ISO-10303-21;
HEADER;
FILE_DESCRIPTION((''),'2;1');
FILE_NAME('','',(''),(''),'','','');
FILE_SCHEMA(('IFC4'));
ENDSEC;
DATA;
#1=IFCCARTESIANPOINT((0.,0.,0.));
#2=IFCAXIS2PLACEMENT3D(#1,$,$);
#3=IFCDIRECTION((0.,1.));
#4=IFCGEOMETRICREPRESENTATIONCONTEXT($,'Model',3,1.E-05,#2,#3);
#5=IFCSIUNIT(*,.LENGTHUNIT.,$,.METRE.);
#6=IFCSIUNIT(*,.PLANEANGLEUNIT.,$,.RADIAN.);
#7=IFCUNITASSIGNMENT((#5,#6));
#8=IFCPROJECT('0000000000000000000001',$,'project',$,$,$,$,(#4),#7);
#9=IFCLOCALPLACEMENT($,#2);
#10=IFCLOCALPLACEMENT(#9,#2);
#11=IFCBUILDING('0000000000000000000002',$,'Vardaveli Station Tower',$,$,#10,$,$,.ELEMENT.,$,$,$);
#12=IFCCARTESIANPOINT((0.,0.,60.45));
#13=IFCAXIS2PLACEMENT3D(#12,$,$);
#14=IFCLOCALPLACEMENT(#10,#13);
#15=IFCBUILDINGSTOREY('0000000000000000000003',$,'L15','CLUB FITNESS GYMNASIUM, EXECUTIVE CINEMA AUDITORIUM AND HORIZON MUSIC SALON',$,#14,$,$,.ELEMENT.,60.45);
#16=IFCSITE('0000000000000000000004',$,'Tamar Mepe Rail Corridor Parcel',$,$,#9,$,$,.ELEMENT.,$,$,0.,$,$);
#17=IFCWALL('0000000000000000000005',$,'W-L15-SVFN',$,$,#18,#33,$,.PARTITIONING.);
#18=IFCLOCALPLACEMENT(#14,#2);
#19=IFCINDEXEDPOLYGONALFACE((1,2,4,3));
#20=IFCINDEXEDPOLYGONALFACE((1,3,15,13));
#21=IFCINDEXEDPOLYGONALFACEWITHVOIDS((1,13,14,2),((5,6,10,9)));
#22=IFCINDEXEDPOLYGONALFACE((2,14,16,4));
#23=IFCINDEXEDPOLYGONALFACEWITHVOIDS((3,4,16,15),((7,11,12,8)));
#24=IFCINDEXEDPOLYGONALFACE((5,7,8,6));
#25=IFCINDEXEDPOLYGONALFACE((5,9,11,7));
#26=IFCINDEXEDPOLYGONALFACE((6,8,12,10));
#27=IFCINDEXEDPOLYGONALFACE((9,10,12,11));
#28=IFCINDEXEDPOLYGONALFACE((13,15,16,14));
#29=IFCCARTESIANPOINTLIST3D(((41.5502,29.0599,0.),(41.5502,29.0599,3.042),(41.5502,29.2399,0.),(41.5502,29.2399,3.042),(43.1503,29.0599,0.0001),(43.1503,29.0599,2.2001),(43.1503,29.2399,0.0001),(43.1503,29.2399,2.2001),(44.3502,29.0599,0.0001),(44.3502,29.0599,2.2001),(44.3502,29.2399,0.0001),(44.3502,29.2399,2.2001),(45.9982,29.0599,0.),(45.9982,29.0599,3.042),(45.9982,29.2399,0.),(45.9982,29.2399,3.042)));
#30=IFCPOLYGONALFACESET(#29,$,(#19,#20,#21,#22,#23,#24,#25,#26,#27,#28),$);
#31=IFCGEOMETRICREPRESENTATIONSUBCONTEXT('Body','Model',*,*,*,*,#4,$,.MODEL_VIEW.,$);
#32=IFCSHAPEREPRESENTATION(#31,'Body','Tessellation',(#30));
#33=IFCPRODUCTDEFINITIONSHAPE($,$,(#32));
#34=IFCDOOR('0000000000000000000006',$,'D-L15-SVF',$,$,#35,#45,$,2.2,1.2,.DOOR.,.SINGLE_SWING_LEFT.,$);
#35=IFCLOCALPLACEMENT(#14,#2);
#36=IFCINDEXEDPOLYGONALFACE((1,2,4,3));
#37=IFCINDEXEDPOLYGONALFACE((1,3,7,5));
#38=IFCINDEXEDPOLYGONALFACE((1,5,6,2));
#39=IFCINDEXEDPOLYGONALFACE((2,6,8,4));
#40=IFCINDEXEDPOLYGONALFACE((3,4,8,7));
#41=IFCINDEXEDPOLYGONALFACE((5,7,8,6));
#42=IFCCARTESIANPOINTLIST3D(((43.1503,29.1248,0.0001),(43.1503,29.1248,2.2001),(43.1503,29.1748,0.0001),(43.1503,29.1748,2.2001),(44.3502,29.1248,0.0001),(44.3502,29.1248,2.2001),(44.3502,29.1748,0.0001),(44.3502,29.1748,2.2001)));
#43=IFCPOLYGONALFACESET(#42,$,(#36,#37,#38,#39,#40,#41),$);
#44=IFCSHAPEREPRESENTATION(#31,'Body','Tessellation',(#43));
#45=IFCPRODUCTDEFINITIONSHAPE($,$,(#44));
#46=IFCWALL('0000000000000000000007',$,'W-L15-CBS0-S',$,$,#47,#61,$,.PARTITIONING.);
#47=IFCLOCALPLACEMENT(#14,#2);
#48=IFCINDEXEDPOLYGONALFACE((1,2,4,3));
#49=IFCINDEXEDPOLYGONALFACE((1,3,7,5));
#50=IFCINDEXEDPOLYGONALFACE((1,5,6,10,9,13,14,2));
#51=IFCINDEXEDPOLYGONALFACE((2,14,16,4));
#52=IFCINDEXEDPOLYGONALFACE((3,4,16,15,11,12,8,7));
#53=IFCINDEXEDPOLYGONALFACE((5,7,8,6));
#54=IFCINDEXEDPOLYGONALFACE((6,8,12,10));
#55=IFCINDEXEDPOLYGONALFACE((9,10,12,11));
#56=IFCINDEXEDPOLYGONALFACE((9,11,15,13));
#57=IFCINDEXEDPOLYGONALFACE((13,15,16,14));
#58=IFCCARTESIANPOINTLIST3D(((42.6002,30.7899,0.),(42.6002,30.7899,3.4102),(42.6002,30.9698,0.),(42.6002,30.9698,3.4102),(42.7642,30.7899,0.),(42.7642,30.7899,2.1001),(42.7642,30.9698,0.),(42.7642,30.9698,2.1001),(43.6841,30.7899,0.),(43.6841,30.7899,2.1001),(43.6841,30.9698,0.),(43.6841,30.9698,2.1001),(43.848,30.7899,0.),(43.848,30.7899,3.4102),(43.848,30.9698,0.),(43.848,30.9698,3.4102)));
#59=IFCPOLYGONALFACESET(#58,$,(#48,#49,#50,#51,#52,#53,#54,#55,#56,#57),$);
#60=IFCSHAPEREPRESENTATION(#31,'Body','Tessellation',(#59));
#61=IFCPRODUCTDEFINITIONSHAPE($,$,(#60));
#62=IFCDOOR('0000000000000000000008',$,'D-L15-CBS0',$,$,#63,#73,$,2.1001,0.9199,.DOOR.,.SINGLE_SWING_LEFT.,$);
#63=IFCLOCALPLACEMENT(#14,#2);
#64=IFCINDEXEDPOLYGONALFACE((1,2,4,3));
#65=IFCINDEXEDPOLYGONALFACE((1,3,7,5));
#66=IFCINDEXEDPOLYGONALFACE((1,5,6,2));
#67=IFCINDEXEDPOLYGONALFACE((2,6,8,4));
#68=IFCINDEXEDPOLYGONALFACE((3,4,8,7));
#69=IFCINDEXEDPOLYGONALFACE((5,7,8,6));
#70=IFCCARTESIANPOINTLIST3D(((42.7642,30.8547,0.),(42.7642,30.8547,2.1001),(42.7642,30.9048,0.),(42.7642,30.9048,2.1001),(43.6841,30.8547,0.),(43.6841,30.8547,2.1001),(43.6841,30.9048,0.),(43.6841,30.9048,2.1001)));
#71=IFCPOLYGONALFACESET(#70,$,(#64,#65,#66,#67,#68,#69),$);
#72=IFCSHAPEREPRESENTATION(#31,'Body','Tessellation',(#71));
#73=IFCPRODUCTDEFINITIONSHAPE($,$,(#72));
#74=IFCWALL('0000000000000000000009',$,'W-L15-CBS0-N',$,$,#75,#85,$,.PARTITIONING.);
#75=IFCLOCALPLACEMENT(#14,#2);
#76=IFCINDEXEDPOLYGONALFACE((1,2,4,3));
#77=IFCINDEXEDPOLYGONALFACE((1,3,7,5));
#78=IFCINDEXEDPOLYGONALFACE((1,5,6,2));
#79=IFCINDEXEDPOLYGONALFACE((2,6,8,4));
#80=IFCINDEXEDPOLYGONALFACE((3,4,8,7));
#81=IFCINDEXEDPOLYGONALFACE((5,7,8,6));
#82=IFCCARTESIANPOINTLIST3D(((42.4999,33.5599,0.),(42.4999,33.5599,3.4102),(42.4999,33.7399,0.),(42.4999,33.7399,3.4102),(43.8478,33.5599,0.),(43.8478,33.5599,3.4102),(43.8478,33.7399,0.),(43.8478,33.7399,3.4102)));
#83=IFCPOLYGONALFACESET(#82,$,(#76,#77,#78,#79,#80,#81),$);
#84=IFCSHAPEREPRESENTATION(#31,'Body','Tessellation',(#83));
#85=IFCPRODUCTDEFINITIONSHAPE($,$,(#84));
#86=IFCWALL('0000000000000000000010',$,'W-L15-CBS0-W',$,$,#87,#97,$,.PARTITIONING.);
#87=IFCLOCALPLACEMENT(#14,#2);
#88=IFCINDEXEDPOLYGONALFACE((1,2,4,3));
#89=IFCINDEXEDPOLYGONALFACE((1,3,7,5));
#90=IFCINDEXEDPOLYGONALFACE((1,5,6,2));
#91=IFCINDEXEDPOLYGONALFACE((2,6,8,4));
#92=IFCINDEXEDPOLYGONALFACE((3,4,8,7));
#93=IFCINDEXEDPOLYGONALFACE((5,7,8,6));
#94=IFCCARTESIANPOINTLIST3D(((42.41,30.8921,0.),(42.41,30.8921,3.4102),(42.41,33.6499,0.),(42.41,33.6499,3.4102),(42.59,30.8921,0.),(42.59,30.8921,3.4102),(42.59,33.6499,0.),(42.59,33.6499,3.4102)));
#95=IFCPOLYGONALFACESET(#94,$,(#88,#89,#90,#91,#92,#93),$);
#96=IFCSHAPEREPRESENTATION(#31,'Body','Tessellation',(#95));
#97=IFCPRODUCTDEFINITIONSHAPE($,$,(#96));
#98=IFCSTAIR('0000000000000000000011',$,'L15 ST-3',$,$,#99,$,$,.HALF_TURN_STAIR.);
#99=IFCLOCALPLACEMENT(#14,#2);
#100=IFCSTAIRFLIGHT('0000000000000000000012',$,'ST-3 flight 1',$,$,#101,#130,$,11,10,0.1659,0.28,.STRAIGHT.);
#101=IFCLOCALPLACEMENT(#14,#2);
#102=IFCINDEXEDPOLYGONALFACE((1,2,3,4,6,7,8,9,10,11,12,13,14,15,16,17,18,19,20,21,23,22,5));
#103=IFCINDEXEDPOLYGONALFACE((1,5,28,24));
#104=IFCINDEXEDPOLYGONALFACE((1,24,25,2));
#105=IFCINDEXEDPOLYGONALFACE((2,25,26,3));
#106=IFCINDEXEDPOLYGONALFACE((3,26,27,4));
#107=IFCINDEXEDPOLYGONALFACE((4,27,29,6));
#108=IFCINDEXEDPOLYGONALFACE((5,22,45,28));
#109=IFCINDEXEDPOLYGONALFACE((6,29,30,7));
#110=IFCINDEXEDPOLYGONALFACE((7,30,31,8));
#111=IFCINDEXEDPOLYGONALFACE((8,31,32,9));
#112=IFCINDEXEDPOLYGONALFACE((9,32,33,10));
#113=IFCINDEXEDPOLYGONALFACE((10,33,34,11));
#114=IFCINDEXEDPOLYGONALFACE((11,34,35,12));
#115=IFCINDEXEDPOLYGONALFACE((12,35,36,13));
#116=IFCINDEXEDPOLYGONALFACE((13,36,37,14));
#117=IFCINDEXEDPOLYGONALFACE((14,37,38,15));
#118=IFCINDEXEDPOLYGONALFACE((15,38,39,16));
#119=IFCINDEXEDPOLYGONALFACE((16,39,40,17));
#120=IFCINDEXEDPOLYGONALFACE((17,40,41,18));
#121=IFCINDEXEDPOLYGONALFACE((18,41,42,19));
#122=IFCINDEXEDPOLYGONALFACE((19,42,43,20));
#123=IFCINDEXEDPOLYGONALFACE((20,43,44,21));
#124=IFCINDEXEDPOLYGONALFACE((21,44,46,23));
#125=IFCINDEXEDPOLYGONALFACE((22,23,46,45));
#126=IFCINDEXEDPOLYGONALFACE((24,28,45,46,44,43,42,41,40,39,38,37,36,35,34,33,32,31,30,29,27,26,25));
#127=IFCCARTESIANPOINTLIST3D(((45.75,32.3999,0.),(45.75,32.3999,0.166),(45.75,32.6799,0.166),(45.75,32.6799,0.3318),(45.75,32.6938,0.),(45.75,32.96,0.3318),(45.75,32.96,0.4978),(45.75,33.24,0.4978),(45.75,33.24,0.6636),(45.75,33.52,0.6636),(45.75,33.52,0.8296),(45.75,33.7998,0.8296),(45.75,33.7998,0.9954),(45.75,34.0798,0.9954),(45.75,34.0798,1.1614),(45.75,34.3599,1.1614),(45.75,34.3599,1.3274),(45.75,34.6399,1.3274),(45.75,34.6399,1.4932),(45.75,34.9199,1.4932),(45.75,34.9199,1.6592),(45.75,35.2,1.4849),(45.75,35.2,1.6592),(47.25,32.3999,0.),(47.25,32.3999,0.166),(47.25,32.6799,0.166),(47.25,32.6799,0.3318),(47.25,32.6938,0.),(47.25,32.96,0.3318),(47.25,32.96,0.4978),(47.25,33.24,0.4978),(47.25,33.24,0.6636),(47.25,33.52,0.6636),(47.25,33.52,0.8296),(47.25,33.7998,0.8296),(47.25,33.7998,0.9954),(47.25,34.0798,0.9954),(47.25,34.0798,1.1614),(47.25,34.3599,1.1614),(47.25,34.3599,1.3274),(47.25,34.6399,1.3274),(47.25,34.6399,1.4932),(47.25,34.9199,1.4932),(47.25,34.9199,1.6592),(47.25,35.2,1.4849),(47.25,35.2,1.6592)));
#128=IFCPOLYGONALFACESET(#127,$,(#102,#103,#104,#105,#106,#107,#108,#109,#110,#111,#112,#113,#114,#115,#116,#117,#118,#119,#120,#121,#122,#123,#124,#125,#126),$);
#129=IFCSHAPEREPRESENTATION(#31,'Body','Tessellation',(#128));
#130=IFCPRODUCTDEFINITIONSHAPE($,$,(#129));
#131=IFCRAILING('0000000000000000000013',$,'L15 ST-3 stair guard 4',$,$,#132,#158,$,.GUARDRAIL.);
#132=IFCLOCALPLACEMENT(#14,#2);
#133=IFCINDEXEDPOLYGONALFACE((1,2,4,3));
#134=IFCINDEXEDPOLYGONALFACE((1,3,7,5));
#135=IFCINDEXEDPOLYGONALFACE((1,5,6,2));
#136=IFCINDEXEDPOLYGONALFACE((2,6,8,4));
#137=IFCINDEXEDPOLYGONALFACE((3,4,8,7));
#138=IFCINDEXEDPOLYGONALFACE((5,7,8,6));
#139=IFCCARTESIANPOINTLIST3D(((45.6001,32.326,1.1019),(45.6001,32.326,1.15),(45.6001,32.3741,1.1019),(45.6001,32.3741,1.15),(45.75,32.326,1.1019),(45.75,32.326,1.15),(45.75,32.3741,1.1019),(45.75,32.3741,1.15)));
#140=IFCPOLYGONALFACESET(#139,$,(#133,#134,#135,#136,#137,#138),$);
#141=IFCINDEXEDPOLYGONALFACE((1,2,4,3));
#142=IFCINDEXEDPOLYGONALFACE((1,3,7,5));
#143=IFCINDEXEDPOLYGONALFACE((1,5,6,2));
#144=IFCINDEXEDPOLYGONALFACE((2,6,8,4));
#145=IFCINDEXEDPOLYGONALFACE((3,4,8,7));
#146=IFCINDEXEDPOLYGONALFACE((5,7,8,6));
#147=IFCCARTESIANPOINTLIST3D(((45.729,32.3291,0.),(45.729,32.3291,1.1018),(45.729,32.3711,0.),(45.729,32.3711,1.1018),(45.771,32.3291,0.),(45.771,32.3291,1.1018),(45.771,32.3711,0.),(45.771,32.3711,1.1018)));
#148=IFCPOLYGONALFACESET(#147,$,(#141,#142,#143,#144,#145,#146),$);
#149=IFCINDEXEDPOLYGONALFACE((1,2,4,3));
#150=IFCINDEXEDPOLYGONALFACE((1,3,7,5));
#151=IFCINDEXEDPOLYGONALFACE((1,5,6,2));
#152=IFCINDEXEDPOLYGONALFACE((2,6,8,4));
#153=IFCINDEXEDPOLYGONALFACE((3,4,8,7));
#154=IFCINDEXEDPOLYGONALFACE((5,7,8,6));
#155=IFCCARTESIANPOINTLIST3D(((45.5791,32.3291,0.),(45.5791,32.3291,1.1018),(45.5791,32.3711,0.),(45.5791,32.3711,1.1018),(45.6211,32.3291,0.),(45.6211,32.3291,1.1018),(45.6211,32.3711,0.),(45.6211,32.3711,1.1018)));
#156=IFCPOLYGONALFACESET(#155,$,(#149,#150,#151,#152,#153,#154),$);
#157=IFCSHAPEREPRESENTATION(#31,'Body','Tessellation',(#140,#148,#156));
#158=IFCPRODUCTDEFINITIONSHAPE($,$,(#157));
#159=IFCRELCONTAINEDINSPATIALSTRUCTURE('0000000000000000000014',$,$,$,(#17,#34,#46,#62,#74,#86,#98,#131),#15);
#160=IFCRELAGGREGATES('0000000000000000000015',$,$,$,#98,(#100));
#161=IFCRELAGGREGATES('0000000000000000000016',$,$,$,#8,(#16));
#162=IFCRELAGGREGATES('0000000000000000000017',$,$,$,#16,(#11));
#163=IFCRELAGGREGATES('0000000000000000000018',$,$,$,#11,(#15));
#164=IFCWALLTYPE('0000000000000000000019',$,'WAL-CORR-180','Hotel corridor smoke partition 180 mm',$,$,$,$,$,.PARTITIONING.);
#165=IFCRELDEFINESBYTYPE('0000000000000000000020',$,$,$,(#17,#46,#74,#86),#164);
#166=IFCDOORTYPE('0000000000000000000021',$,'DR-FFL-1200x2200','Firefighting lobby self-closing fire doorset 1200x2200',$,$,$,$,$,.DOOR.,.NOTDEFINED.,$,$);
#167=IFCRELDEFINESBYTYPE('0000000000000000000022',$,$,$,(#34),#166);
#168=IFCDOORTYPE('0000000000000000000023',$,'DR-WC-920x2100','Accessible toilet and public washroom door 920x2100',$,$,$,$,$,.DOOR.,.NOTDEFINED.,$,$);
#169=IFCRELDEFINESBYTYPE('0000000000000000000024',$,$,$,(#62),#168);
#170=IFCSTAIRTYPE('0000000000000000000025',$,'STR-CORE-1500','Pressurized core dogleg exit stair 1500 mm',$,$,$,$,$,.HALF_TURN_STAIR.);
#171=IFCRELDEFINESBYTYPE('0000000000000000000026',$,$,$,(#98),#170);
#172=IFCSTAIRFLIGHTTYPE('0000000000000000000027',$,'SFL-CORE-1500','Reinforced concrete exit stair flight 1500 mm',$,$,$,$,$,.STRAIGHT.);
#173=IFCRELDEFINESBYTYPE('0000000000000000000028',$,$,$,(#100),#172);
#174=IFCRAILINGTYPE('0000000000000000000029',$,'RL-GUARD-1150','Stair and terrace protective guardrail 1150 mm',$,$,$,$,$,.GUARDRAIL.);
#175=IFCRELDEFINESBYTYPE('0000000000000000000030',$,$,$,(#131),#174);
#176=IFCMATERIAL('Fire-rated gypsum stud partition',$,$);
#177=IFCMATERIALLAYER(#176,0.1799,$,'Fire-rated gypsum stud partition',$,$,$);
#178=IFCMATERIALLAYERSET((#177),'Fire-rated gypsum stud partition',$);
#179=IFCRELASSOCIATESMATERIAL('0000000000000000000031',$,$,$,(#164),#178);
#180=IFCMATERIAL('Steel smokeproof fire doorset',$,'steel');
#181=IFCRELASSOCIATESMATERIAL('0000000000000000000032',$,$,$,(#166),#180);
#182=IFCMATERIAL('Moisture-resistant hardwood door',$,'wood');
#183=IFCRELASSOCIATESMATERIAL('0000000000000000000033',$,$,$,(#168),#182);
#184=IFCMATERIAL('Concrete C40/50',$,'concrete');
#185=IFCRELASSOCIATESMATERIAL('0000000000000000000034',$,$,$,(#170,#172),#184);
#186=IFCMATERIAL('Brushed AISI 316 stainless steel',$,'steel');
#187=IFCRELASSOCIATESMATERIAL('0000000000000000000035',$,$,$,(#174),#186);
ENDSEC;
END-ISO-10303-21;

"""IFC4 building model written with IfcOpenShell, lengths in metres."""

from ifc_helpers import new_model, si_unit, direction, frame, frame_2d, origin, origin_2d, place, context, subcontext, project, spatial, polyline, rectangle, outline, extrude, source, transform, mapped, material, layer, layer_set, type_object, element, fill, aggregate, save


model = new_model("IFC4")

# Units and contexts
model_context = context("Model", 3, precision=1e-05, world=origin(), true_north=direction((0.0, 1.0)))
body_context = subcontext(model_context, "Body", "Model", "MODEL_VIEW")
ifc_project = project(units=[si_unit("LENGTHUNIT", "METRE"), si_unit("PLANEANGLEUNIT", "RADIAN")], contexts=[model_context])

# Site, building, storey
site_placement = place(None, origin())
site = spatial("IfcSite", under=ifc_project, at=site_placement, Name="Tamar Mepe Rail Corridor Parcel", CompositionType="ELEMENT", RefElevation=0.0)
building_placement = place(site_placement, origin())
building = spatial("IfcBuilding", under=site, at=building_placement, Name="Vardaveli Station Tower", CompositionType="ELEMENT")
storey_placement = place(building_placement, frame((0.0, 0.0, 60.45)))
storey = spatial("IfcBuildingStorey", under=building, at=storey_placement, Name="L15", Description="CLUB FITNESS GYMNASIUM, EXECUTIVE CINEMA AUDITORIUM AND HORIZON MUSIC SALON", CompositionType="ELEMENT", Elevation=60.45)

# Shared definitions
ifc_material_1 = material(Name="Concrete C40/50", Category="concrete")

# Walls, openings, doors
ifc_material_2 = material(Name="Steel smokeproof fire doorset", Category="steel")
ifc_material_3 = material(Name="Fire-rated gypsum stud partition")
ifc_layer_1 = layer(ifc_material_3, 0.1799, Name="Fire-rated gypsum stud partition")
ifc_layer_set_1 = layer_set([ifc_layer_1], Name="Fire-rated gypsum stud partition")
wall_type_1 = type_object("IfcWallType", Name="WAL-CORR-180", Description="Hotel corridor smoke partition 180 mm", PredefinedType="PARTITIONING", material=ifc_layer_set_1)
shared_shape_1 = source(origin(), body_context, "Body", "SweptSolid", [
    extrude(rectangle(XDim=4.448, YDim=0.1799, at=frame_2d((2.2241, 0.0))), origin(), (0.0, 0.0, 1.0), 3.042),
])
wall_1_placement = place(storey_placement, frame((41.55, 29.1499, 0.0), z_axis=(0.0, 0.0, 1.0), x_axis=(1.0, 0.0, 0.0)))
wall_1 = element("IfcWall", 1, at=wall_1_placement, inside=storey, type_object=wall_type_1, Name="W-L15-SVFN", PredefinedType="PARTITIONING", context=body_context, shape_type="MappedRepresentation", body=[
    mapped(shared_shape_1, transform((0.0, 0.0, 0.0), scale=1.0)),
])
shared_shape_2 = source(origin(), body_context, "Body", "SweptSolid", [
    extrude(rectangle(XDim=1.2, YDim=2.2, at=frame_2d((0.6001, 1.1001))), frame((0.0, 0.1001, 0.0), z_axis=(0.0, -1.0, 0.0), x_axis=(1.0, 0.0, 0.0)), (0.0, 0.0, 1.0), 0.2),
])
opening_1_placement = place(wall_1_placement, frame((1.6001, 0.0, 0.0)))
opening_1 = element("IfcOpeningElement", 2, at=opening_1_placement, cuts=wall_1, PredefinedType="OPENING", context=body_context, shape_type="MappedRepresentation", body=[
    mapped(shared_shape_2, transform((0.0, 0.0, 0.0), scale=1.0)),
])
door_type_1 = type_object("IfcDoorType", Name="DR-FFL-1200x2200", Description="Firefighting lobby self-closing fire doorset 1200x2200", OperationType="NOTDEFINED", PredefinedType="DOOR", material=ifc_material_2)
shared_shape_3 = source(origin(), body_context, "Body", "SweptSolid", [
    extrude(rectangle(XDim=1.2, YDim=2.2, at=frame_2d((0.6001, 1.1001))), frame((0.0, 0.0249, 0.0), z_axis=(0.0, -1.0, 0.0), x_axis=(1.0, 0.0, 0.0)), (0.0, 0.0, 1.0), 0.05),
])
door_1_placement = place(opening_1_placement, origin())
door_1 = element("IfcDoor", 3, at=door_1_placement, inside=storey, type_object=door_type_1, Name="D-L15-SVF", OperationType="SINGLE_SWING_LEFT", OverallHeight=2.2, OverallWidth=1.2, PredefinedType="DOOR", context=body_context, shape_type="MappedRepresentation", body=[
    mapped(shared_shape_3, transform((0.0, 0.0, 0.0), scale=1.0)),
])
fill(opening_1, door_1)
shared_shape_4 = source(origin(), body_context, "Body", "SweptSolid", [
    extrude(rectangle(XDim=1.2478, YDim=0.1799, at=frame_2d((0.624, 0.0))), origin(), (0.0, 0.0, 1.0), 3.4102),
])
wall_2_placement = place(storey_placement, frame((42.6001, 30.8799, 0.0), z_axis=(0.0, 0.0, 1.0), x_axis=(1.0, 0.0, 0.0)))
wall_2 = element("IfcWall", 4, at=wall_2_placement, inside=storey, type_object=wall_type_1, Name="W-L15-CBS0-S", PredefinedType="PARTITIONING", context=body_context, shape_type="MappedRepresentation", body=[
    mapped(shared_shape_4, transform((0.0, 0.0, 0.0), scale=1.0)),
])
shared_shape_5 = source(origin(), body_context, "Body", "SweptSolid", [
    extrude(rectangle(XDim=0.9199, YDim=2.1001, at=frame_2d((0.46, 1.05))), frame((0.0, 0.1001, 0.0), z_axis=(0.0, -1.0, 0.0), x_axis=(1.0, 0.0, 0.0)), (0.0, 0.0, 1.0), 0.2),
])
opening_2_placement = place(wall_2_placement, frame((0.1641, 0.0, 0.0)))
opening_2 = element("IfcOpeningElement", 5, at=opening_2_placement, cuts=wall_2, PredefinedType="OPENING", context=body_context, shape_type="MappedRepresentation", body=[
    mapped(shared_shape_5, transform((0.0, 0.0, 0.0), scale=1.0)),
])
ifc_material_4 = material(Name="Moisture-resistant hardwood door", Category="wood")
door_type_2 = type_object("IfcDoorType", Name="DR-WC-920x2100", Description="Accessible toilet and public washroom door 920x2100", OperationType="NOTDEFINED", PredefinedType="DOOR", material=ifc_material_4)
shared_shape_6 = source(origin(), body_context, "Body", "SweptSolid", [
    extrude(rectangle(XDim=0.9199, YDim=2.1001, at=frame_2d((0.46, 1.05))), frame((0.0, 0.0249, 0.0), z_axis=(0.0, -1.0, 0.0), x_axis=(1.0, 0.0, 0.0)), (0.0, 0.0, 1.0), 0.05),
])
door_2_placement = place(opening_2_placement, origin())
door_2 = element("IfcDoor", 6, at=door_2_placement, inside=storey, type_object=door_type_2, Name="D-L15-CBS0", OperationType="SINGLE_SWING_LEFT", OverallHeight=2.1001, OverallWidth=0.9199, PredefinedType="DOOR", context=body_context, shape_type="MappedRepresentation", body=[
    mapped(shared_shape_6, transform((0.0, 0.0, 0.0), scale=1.0)),
])
fill(opening_2, door_2)

# Walls
shared_shape_7 = source(origin(), body_context, "Body", "SweptSolid", [
    extrude(rectangle(XDim=1.3479, YDim=0.1799, at=frame_2d((0.6738, 0.0))), origin(), (0.0, 0.0, 1.0), 3.4102),
])
wall_3_placement = place(storey_placement, frame((42.5, 33.6499, 0.0), z_axis=(0.0, 0.0, 1.0), x_axis=(1.0, 0.0, 0.0)))
element("IfcWall", 7, at=wall_3_placement, inside=storey, type_object=wall_type_1, Name="W-L15-CBS0-N", PredefinedType="PARTITIONING", context=body_context, shape_type="MappedRepresentation", body=[
    mapped(shared_shape_7, transform((0.0, 0.0, 0.0), scale=1.0)),
])
shared_shape_8 = source(origin(), body_context, "Body", "SweptSolid", [
    extrude(rectangle(XDim=2.7578, YDim=0.1799, at=frame_2d((1.3789, 0.0))), origin(), (0.0, 0.0, 1.0), 3.4102),
])
wall_4_placement = place(storey_placement, frame((42.5, 30.8921, 0.0), z_axis=(0.0, 0.0, 1.0), x_axis=(0.0, 1.0, 0.0)))
element("IfcWall", 8, at=wall_4_placement, inside=storey, type_object=wall_type_1, Name="W-L15-CBS0-W", PredefinedType="PARTITIONING", context=body_context, shape_type="MappedRepresentation", body=[
    mapped(shared_shape_8, transform((0.0, 0.0, 0.0), scale=1.0)),
])

# Stair, stair flight
stair_type = type_object("IfcStairType", Name="STR-CORE-1500", Description="Pressurized core dogleg exit stair 1500 mm", PredefinedType="HALF_TURN_STAIR", material=ifc_material_1)
stair_placement = place(storey_placement, origin())
stair = element("IfcStair", 9, at=stair_placement, inside=storey, type_object=stair_type, Name="L15 ST-3", PredefinedType="HALF_TURN_STAIR")
stair_flight_type = type_object("IfcStairFlightType", Name="SFL-CORE-1500", Description="Reinforced concrete exit stair flight 1500 mm", PredefinedType="STRAIGHT", material=ifc_material_1)
shared_shape_9 = source(origin(), body_context, "Body", "SweptSolid", [
    extrude(outline(polyline([(0.0, 0.0), (0.0, 0.166), (0.28, 0.166), (0.28, 0.3318), (0.5601, 0.3318), (0.5601, 0.4978), (0.8401, 0.4978), (0.8401, 0.6636), (1.1201, 0.6636), (1.1201, 0.8296), (1.3999, 0.8296), (1.3999, 0.9954), (1.6799, 0.9954), (1.6799, 1.1614), (1.96, 1.1614), (1.96, 1.3274), (2.24, 1.3274), (2.24, 1.4932), (2.52, 1.4932), (2.52, 1.6592), (2.8, 1.6592), (2.8, 1.825), (2.8, 1.4849), (0.2939, 0.0), (0.0, 0.0)])), frame((0.0, 0.75, 0.0), z_axis=(0.0, -1.0, 0.0), x_axis=(1.0, 0.0, 0.0)), (0.0, 0.0, 1.0), 1.5),
])
stair_flight_placement = place(storey_placement, frame((46.5, 32.3999, 0.0), z_axis=(0.0, 0.0, 1.0), x_axis=(0.0, 1.0, 0.0)))
stair_flight = element("IfcStairFlight", 10, at=stair_flight_placement, type_object=stair_flight_type, Name="ST-3 flight 1", NumberOfRisers=11, NumberOfTreads=10, PredefinedType="STRAIGHT", RiserHeight=0.1659, TreadLength=0.28, context=body_context, shape_type="MappedRepresentation", body=[
    mapped(shared_shape_9, transform((0.0, 0.0, 0.0), scale=1.0)),
])
aggregate(stair, [stair_flight])

# Railing
ifc_material_5 = material(Name="Brushed AISI 316 stainless steel", Category="steel")
railing_type_1 = type_object("IfcRailingType", Name="RL-GUARD-1150", Description="Stair and terrace protective guardrail 1150 mm", PredefinedType="GUARDRAIL", material=ifc_material_5)
shared_shape_10 = source(origin(), body_context, "Body", "SweptSolid", [
    extrude(rectangle(XDim=0.0481, YDim=0.0481, at=origin_2d()), frame((0.0, 0.0, 1.126), z_axis=(-1.0, 0.0, 0.0), x_axis=(0.0, -1.0, 0.0)), (0.0, 0.0, 1.0), 0.1499),
    extrude(rectangle(XDim=0.042, YDim=0.042, at=origin_2d()), origin(), (0.0, 0.0, 1.0), 1.1018),
    extrude(rectangle(XDim=0.042, YDim=0.042, at=origin_2d()), frame((-0.1499, 0.0, 0.0)), (0.0, 0.0, 1.0), 1.1018),
])
railing_1_placement = place(storey_placement, frame((45.75, 32.3501, 0.0)))
element("IfcRailing", 11, at=railing_1_placement, inside=storey, type_object=railing_type_1, Name="L15 ST-3 stair guard 4", PredefinedType="GUARDRAIL", context=body_context, shape_type="MappedRepresentation", body=[
    mapped(shared_shape_10, transform((0.0, 0.0, 0.0), scale=1.0)),
])

save(model, "model.ifc")
